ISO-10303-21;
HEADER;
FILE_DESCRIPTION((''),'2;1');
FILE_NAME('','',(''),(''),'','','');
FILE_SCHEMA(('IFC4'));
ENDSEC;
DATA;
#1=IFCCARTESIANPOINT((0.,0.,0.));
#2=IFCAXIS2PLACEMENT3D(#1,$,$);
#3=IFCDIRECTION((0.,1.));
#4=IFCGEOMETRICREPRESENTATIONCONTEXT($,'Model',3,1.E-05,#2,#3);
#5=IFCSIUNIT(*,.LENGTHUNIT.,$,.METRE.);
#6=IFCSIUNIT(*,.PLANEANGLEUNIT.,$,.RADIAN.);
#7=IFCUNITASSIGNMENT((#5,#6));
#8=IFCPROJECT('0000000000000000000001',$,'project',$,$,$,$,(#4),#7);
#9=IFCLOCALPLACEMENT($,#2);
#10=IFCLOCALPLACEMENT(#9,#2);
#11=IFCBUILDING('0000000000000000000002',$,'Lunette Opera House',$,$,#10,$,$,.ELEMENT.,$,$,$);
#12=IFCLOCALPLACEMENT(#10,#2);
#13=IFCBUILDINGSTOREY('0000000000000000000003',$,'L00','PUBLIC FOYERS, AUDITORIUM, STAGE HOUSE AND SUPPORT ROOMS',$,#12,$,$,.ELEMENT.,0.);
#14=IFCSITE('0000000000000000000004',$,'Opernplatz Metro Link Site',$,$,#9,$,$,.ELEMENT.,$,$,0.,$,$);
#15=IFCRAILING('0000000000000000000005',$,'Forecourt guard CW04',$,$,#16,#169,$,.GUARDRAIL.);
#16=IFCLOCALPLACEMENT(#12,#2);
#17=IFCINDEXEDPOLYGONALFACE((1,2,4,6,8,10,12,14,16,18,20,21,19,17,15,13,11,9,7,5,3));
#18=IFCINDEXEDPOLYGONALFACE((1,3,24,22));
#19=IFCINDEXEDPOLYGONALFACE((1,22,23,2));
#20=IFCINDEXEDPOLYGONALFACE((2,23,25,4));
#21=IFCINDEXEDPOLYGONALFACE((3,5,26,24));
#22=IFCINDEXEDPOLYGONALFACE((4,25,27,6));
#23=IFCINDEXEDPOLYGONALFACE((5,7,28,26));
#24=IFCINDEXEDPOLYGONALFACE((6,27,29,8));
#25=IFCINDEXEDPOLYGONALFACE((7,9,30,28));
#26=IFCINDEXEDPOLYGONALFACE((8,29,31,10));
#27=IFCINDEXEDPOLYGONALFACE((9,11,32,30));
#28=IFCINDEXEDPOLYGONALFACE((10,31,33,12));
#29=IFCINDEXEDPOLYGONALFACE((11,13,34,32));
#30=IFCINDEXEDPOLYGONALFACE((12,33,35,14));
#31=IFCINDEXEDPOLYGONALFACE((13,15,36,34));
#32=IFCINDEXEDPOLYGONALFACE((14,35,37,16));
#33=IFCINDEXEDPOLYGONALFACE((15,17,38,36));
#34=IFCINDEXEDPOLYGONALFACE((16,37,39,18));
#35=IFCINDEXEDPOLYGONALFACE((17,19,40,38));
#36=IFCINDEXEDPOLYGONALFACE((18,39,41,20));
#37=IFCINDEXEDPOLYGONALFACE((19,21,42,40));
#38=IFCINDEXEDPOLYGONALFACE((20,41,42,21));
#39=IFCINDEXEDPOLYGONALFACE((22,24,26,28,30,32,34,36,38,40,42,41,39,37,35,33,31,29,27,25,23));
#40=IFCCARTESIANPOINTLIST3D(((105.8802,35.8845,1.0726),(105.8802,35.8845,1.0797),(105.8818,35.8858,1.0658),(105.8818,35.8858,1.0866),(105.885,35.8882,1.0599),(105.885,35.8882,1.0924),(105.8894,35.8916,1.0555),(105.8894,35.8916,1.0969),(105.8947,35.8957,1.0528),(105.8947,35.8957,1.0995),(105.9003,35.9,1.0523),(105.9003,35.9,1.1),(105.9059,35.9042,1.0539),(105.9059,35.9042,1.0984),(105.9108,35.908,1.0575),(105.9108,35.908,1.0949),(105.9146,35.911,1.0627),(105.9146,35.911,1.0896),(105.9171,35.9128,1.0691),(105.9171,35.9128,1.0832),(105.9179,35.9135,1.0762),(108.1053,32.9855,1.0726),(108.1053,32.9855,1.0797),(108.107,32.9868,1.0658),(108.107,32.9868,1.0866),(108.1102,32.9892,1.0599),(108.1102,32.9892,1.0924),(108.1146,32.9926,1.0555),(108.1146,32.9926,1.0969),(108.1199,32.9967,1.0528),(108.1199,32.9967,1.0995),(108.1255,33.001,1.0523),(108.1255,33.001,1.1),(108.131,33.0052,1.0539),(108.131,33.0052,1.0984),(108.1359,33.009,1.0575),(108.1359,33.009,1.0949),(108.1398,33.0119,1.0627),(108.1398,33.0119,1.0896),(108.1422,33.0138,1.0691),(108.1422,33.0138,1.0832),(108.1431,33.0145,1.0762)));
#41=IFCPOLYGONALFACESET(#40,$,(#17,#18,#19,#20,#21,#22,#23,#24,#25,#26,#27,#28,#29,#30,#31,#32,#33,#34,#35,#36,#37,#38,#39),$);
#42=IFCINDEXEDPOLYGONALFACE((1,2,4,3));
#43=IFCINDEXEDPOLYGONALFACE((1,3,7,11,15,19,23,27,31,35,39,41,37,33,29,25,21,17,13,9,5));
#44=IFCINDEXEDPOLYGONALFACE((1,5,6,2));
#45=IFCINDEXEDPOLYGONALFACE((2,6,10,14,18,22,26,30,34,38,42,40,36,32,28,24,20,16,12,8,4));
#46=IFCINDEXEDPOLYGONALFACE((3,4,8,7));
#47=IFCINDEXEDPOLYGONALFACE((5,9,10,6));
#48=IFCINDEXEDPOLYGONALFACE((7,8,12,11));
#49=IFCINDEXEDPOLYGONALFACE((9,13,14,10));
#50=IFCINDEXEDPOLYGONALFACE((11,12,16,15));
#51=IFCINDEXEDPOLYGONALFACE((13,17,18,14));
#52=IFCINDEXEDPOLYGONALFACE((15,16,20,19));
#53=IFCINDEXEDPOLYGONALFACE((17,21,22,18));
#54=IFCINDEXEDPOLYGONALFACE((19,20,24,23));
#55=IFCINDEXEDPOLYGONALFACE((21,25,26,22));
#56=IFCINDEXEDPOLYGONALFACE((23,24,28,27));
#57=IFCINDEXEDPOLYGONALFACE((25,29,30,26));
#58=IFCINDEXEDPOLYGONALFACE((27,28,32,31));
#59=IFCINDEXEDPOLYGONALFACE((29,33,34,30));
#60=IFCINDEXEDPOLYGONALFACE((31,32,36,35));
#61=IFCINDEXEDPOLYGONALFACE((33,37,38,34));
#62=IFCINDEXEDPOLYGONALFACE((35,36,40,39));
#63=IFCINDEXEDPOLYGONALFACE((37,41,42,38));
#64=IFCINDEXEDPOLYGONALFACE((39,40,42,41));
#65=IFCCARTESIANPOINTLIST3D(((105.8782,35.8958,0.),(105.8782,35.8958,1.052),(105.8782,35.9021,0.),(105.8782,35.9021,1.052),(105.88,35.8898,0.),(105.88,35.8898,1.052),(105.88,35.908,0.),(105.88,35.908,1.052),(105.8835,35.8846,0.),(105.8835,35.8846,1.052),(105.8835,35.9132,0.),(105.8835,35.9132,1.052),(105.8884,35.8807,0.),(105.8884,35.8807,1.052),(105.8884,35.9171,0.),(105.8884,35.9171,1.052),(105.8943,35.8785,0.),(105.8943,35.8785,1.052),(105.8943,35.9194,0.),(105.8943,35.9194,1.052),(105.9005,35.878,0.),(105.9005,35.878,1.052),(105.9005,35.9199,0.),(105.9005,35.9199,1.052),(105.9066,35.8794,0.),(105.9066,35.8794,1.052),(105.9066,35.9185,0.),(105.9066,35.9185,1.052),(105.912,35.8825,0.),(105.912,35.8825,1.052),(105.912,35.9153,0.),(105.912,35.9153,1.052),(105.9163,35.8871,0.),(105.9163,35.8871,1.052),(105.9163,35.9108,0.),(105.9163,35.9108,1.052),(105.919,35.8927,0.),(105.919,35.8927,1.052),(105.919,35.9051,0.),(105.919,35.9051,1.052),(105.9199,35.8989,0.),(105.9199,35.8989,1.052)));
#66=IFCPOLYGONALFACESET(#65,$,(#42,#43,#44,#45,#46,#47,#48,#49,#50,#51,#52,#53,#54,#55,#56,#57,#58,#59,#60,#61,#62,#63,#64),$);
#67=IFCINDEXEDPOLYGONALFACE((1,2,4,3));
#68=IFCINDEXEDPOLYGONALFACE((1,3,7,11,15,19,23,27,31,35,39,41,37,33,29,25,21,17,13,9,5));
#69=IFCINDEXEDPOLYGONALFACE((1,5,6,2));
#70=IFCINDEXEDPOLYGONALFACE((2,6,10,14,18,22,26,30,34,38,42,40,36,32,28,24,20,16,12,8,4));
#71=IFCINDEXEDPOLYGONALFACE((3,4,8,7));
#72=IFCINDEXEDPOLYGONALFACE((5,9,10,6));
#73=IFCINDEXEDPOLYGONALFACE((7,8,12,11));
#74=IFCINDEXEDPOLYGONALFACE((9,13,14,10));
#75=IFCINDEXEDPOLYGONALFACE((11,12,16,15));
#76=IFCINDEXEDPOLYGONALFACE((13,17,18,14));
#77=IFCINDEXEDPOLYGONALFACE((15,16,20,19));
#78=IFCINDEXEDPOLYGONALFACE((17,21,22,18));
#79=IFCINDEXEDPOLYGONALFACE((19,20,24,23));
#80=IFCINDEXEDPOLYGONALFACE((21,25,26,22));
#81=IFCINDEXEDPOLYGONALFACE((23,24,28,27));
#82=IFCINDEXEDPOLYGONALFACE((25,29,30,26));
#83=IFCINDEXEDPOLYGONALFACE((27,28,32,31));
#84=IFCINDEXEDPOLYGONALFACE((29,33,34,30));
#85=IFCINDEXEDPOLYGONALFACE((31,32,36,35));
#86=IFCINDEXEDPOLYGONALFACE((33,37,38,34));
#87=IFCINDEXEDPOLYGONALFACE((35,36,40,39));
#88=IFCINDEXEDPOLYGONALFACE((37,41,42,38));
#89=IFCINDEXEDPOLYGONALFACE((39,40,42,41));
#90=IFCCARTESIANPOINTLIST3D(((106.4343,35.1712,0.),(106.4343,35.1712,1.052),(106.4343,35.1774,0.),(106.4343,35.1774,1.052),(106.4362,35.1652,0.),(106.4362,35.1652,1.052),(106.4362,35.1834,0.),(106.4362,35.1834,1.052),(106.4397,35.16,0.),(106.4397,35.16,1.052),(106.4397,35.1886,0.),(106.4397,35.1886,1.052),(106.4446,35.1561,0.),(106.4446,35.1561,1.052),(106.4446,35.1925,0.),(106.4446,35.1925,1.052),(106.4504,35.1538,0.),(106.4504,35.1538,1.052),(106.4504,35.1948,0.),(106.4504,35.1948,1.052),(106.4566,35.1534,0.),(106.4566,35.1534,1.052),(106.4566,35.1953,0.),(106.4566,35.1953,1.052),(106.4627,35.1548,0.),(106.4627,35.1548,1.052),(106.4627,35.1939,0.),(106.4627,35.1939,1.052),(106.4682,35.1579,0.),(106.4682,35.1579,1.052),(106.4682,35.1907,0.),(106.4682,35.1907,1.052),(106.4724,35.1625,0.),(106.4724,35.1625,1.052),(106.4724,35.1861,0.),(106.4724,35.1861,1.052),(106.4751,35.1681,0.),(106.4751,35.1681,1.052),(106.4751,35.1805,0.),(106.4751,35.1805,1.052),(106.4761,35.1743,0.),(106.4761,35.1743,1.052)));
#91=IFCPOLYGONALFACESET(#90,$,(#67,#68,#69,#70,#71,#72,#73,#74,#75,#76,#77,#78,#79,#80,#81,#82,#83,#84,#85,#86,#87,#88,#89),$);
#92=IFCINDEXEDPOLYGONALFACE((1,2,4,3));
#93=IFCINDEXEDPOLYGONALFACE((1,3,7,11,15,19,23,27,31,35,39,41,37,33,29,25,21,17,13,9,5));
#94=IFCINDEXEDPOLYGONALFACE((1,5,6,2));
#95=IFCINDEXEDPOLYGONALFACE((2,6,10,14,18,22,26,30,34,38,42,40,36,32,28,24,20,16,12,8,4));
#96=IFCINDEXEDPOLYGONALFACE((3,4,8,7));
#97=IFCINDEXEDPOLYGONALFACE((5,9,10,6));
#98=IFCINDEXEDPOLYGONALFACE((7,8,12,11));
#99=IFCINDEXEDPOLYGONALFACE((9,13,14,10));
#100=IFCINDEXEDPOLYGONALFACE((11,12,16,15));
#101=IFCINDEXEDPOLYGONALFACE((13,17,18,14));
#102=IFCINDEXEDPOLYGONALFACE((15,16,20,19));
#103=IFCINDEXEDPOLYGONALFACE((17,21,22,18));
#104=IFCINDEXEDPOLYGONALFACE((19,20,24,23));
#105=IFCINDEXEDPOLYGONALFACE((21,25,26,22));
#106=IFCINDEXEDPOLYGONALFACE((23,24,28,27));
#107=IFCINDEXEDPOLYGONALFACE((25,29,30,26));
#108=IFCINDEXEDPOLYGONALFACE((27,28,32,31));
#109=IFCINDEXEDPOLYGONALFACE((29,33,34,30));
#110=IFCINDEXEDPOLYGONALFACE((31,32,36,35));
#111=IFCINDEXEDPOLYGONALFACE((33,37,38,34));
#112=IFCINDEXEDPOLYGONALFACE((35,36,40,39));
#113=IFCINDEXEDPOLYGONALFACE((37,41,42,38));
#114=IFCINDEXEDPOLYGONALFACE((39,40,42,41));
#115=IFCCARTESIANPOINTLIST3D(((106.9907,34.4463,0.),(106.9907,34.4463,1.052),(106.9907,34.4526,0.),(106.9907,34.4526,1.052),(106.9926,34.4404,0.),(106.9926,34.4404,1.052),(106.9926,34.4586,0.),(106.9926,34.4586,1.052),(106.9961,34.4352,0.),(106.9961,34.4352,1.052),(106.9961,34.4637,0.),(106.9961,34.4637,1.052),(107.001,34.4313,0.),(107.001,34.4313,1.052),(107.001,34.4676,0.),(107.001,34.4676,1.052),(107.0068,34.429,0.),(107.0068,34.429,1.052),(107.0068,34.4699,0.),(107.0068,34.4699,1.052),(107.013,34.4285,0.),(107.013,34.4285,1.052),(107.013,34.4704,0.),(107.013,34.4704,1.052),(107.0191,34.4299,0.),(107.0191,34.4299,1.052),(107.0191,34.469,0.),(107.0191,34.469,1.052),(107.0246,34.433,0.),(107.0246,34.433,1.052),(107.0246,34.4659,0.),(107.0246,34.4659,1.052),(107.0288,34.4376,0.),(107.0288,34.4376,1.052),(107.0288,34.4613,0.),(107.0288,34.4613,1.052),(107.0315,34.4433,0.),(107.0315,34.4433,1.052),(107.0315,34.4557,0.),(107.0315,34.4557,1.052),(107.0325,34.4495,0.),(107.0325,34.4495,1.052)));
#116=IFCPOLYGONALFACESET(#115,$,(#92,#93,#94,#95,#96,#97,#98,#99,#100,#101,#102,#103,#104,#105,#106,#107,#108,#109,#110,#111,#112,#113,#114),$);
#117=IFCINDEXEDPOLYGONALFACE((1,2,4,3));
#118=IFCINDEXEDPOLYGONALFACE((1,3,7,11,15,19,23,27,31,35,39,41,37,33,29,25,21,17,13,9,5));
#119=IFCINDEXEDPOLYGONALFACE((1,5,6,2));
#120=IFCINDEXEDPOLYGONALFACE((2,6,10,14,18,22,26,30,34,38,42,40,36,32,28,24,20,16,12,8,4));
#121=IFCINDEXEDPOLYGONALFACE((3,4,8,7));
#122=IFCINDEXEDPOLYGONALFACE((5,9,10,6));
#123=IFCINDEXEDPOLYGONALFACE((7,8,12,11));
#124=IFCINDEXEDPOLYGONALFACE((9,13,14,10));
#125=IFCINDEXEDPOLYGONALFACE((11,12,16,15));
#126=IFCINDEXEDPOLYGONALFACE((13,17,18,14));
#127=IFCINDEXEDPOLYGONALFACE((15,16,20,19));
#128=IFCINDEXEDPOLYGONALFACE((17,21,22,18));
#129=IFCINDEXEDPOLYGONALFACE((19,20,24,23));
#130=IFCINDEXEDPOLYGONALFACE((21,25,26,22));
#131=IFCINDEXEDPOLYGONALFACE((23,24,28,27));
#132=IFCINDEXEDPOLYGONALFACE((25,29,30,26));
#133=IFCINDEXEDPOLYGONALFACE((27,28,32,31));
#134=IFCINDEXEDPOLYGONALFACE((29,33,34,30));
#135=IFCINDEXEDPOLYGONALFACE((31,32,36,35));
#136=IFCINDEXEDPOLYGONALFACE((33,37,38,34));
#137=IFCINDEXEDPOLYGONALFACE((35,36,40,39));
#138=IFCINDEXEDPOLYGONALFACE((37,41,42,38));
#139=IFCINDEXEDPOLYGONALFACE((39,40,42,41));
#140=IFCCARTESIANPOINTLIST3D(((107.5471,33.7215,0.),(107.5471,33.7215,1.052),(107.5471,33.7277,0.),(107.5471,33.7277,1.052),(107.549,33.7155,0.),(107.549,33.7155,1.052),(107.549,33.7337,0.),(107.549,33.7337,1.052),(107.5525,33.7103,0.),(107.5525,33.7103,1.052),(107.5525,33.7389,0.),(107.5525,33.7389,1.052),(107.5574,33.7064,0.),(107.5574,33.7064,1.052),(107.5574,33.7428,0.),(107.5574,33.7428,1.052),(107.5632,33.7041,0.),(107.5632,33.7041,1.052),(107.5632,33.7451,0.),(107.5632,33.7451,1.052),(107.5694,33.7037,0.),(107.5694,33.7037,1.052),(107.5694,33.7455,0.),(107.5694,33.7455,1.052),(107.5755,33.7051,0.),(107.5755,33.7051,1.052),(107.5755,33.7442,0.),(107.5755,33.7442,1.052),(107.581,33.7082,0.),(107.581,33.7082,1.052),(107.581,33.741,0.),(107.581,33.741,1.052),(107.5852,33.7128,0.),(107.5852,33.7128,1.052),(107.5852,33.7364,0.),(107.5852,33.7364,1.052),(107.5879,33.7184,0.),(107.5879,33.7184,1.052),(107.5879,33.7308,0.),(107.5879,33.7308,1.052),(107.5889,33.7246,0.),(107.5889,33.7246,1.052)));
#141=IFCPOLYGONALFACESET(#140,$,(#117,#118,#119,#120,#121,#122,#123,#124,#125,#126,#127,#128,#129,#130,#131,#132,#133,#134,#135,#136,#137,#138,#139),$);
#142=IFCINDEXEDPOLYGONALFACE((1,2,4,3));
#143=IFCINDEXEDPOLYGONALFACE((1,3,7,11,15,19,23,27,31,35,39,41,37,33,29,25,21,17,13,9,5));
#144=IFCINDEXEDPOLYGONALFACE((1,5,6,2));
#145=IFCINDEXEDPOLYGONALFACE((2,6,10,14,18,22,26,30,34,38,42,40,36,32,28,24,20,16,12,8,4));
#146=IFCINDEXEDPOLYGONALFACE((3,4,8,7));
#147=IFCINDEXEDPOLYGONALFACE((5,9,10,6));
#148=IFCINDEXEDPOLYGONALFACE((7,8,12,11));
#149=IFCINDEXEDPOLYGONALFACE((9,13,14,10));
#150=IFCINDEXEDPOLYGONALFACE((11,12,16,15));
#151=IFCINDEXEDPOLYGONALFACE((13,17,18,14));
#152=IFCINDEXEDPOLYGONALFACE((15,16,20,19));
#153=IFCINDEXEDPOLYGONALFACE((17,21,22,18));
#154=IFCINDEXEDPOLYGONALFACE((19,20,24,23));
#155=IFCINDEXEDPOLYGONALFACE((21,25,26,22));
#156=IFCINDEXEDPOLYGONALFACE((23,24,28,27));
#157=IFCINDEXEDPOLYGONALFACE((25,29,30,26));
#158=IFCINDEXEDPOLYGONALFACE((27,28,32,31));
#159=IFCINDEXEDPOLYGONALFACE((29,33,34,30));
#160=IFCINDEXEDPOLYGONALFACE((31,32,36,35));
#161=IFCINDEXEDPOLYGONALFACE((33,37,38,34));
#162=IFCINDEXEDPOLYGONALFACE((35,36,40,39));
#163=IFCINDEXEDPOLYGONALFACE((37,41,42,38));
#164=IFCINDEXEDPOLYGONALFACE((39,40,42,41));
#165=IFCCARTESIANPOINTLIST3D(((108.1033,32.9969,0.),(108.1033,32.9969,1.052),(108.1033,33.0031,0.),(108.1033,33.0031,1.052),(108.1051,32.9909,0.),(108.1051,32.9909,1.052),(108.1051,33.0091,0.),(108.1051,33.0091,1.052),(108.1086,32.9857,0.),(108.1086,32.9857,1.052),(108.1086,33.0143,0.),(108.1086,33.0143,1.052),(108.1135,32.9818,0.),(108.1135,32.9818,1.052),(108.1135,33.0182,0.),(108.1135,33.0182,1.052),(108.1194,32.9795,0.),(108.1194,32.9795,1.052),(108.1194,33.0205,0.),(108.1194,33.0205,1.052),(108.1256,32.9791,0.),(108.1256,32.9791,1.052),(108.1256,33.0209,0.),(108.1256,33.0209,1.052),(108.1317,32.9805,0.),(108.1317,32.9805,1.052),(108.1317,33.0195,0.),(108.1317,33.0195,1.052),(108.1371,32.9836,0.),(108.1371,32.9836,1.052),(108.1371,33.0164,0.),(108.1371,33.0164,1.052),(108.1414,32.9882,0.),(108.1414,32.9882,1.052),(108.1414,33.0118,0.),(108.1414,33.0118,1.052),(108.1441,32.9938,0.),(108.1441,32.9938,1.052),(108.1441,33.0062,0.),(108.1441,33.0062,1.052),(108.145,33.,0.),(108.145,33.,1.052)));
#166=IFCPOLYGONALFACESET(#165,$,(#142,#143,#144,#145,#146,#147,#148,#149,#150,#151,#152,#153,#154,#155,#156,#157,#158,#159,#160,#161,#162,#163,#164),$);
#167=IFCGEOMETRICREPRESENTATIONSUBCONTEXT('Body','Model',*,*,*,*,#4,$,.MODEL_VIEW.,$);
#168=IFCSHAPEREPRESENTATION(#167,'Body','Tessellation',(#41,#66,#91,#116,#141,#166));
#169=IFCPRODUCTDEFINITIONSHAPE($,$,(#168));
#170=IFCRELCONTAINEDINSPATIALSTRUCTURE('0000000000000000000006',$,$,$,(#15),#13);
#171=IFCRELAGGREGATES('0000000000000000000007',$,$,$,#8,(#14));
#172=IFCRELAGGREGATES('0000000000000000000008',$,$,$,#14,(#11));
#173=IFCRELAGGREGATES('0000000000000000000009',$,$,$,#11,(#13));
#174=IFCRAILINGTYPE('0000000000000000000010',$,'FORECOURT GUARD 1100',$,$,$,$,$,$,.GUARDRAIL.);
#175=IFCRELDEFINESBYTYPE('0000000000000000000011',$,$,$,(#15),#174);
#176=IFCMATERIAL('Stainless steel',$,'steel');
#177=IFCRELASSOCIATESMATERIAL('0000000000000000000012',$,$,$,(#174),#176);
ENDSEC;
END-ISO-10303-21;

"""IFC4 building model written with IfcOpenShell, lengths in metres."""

from ifc_helpers import new_model, si_unit, direction, frame, origin, origin_2d, place, context, subcontext, project, spatial, circle, extrude, material, type_object, element, save


model = new_model("IFC4")

# Units and contexts
model_context = context("Model", 3, precision=1e-05, world=origin(), true_north=direction((0.0, 1.0)))
body_context = subcontext(model_context, "Body", "Model", "MODEL_VIEW")
ifc_project = project(units=[si_unit("LENGTHUNIT", "METRE"), si_unit("PLANEANGLEUNIT", "RADIAN")], contexts=[model_context])

# Site, building, storey
site_placement = place(None, origin())
site = spatial("IfcSite", under=ifc_project, at=site_placement, Name="Opernplatz Metro Link Site", CompositionType="ELEMENT", RefElevation=0.0)
building_placement = place(site_placement, origin())
building = spatial("IfcBuilding", under=site, at=building_placement, Name="Lunette Opera House", CompositionType="ELEMENT")
storey_placement = place(building_placement, origin())
storey = spatial("IfcBuildingStorey", under=building, at=storey_placement, Name="L00", Description="PUBLIC FOYERS, AUDITORIUM, STAGE HOUSE AND SUPPORT ROOMS", CompositionType="ELEMENT", Elevation=0.0)

# Railing
ifc_material_1 = material(Name="Stainless steel", Category="steel")
railing_type = type_object("IfcRailingType", Name="FORECOURT GUARD 1100", PredefinedType="GUARDRAIL", material=ifc_material_1)
railing_1_placement = place(storey_placement, frame((105.8989, 35.8989, 0.0)))
element("IfcRailing", 1, at=railing_1_placement, inside=storey, type_object=railing_type, Name="Forecourt guard CW04", PredefinedType="GUARDRAIL", context=body_context, shape_type="SweptSolid", body=[
    extrude(circle(Radius=0.0239, at=origin_2d()), frame((0.0, 0.0, 1.0762), z_axis=(0.608877, -0.793264, 0.0), x_axis=(0.793264, 0.608877, 0.0)), (0.0, 0.0, 1.0), 3.6545),
    extrude(circle(Radius=0.021, at=origin_2d()), origin(), (0.0, 0.0, 1.0), 1.052),
    extrude(circle(Radius=0.021, at=origin_2d()), frame((0.5562, -0.7246, 0.0)), (0.0, 0.0, 1.0), 1.052),
    extrude(circle(Radius=0.021, at=origin_2d()), frame((1.1125, -1.4495, 0.0)), (0.0, 0.0, 1.0), 1.052),
    extrude(circle(Radius=0.021, at=origin_2d()), frame((1.6689, -2.1743, 0.0)), (0.0, 0.0, 1.0), 1.052),
    extrude(circle(Radius=0.021, at=origin_2d()), frame((2.2251, -2.8989, 0.0)), (0.0, 0.0, 1.0), 1.052),
])

save(model, "model.ifc")
